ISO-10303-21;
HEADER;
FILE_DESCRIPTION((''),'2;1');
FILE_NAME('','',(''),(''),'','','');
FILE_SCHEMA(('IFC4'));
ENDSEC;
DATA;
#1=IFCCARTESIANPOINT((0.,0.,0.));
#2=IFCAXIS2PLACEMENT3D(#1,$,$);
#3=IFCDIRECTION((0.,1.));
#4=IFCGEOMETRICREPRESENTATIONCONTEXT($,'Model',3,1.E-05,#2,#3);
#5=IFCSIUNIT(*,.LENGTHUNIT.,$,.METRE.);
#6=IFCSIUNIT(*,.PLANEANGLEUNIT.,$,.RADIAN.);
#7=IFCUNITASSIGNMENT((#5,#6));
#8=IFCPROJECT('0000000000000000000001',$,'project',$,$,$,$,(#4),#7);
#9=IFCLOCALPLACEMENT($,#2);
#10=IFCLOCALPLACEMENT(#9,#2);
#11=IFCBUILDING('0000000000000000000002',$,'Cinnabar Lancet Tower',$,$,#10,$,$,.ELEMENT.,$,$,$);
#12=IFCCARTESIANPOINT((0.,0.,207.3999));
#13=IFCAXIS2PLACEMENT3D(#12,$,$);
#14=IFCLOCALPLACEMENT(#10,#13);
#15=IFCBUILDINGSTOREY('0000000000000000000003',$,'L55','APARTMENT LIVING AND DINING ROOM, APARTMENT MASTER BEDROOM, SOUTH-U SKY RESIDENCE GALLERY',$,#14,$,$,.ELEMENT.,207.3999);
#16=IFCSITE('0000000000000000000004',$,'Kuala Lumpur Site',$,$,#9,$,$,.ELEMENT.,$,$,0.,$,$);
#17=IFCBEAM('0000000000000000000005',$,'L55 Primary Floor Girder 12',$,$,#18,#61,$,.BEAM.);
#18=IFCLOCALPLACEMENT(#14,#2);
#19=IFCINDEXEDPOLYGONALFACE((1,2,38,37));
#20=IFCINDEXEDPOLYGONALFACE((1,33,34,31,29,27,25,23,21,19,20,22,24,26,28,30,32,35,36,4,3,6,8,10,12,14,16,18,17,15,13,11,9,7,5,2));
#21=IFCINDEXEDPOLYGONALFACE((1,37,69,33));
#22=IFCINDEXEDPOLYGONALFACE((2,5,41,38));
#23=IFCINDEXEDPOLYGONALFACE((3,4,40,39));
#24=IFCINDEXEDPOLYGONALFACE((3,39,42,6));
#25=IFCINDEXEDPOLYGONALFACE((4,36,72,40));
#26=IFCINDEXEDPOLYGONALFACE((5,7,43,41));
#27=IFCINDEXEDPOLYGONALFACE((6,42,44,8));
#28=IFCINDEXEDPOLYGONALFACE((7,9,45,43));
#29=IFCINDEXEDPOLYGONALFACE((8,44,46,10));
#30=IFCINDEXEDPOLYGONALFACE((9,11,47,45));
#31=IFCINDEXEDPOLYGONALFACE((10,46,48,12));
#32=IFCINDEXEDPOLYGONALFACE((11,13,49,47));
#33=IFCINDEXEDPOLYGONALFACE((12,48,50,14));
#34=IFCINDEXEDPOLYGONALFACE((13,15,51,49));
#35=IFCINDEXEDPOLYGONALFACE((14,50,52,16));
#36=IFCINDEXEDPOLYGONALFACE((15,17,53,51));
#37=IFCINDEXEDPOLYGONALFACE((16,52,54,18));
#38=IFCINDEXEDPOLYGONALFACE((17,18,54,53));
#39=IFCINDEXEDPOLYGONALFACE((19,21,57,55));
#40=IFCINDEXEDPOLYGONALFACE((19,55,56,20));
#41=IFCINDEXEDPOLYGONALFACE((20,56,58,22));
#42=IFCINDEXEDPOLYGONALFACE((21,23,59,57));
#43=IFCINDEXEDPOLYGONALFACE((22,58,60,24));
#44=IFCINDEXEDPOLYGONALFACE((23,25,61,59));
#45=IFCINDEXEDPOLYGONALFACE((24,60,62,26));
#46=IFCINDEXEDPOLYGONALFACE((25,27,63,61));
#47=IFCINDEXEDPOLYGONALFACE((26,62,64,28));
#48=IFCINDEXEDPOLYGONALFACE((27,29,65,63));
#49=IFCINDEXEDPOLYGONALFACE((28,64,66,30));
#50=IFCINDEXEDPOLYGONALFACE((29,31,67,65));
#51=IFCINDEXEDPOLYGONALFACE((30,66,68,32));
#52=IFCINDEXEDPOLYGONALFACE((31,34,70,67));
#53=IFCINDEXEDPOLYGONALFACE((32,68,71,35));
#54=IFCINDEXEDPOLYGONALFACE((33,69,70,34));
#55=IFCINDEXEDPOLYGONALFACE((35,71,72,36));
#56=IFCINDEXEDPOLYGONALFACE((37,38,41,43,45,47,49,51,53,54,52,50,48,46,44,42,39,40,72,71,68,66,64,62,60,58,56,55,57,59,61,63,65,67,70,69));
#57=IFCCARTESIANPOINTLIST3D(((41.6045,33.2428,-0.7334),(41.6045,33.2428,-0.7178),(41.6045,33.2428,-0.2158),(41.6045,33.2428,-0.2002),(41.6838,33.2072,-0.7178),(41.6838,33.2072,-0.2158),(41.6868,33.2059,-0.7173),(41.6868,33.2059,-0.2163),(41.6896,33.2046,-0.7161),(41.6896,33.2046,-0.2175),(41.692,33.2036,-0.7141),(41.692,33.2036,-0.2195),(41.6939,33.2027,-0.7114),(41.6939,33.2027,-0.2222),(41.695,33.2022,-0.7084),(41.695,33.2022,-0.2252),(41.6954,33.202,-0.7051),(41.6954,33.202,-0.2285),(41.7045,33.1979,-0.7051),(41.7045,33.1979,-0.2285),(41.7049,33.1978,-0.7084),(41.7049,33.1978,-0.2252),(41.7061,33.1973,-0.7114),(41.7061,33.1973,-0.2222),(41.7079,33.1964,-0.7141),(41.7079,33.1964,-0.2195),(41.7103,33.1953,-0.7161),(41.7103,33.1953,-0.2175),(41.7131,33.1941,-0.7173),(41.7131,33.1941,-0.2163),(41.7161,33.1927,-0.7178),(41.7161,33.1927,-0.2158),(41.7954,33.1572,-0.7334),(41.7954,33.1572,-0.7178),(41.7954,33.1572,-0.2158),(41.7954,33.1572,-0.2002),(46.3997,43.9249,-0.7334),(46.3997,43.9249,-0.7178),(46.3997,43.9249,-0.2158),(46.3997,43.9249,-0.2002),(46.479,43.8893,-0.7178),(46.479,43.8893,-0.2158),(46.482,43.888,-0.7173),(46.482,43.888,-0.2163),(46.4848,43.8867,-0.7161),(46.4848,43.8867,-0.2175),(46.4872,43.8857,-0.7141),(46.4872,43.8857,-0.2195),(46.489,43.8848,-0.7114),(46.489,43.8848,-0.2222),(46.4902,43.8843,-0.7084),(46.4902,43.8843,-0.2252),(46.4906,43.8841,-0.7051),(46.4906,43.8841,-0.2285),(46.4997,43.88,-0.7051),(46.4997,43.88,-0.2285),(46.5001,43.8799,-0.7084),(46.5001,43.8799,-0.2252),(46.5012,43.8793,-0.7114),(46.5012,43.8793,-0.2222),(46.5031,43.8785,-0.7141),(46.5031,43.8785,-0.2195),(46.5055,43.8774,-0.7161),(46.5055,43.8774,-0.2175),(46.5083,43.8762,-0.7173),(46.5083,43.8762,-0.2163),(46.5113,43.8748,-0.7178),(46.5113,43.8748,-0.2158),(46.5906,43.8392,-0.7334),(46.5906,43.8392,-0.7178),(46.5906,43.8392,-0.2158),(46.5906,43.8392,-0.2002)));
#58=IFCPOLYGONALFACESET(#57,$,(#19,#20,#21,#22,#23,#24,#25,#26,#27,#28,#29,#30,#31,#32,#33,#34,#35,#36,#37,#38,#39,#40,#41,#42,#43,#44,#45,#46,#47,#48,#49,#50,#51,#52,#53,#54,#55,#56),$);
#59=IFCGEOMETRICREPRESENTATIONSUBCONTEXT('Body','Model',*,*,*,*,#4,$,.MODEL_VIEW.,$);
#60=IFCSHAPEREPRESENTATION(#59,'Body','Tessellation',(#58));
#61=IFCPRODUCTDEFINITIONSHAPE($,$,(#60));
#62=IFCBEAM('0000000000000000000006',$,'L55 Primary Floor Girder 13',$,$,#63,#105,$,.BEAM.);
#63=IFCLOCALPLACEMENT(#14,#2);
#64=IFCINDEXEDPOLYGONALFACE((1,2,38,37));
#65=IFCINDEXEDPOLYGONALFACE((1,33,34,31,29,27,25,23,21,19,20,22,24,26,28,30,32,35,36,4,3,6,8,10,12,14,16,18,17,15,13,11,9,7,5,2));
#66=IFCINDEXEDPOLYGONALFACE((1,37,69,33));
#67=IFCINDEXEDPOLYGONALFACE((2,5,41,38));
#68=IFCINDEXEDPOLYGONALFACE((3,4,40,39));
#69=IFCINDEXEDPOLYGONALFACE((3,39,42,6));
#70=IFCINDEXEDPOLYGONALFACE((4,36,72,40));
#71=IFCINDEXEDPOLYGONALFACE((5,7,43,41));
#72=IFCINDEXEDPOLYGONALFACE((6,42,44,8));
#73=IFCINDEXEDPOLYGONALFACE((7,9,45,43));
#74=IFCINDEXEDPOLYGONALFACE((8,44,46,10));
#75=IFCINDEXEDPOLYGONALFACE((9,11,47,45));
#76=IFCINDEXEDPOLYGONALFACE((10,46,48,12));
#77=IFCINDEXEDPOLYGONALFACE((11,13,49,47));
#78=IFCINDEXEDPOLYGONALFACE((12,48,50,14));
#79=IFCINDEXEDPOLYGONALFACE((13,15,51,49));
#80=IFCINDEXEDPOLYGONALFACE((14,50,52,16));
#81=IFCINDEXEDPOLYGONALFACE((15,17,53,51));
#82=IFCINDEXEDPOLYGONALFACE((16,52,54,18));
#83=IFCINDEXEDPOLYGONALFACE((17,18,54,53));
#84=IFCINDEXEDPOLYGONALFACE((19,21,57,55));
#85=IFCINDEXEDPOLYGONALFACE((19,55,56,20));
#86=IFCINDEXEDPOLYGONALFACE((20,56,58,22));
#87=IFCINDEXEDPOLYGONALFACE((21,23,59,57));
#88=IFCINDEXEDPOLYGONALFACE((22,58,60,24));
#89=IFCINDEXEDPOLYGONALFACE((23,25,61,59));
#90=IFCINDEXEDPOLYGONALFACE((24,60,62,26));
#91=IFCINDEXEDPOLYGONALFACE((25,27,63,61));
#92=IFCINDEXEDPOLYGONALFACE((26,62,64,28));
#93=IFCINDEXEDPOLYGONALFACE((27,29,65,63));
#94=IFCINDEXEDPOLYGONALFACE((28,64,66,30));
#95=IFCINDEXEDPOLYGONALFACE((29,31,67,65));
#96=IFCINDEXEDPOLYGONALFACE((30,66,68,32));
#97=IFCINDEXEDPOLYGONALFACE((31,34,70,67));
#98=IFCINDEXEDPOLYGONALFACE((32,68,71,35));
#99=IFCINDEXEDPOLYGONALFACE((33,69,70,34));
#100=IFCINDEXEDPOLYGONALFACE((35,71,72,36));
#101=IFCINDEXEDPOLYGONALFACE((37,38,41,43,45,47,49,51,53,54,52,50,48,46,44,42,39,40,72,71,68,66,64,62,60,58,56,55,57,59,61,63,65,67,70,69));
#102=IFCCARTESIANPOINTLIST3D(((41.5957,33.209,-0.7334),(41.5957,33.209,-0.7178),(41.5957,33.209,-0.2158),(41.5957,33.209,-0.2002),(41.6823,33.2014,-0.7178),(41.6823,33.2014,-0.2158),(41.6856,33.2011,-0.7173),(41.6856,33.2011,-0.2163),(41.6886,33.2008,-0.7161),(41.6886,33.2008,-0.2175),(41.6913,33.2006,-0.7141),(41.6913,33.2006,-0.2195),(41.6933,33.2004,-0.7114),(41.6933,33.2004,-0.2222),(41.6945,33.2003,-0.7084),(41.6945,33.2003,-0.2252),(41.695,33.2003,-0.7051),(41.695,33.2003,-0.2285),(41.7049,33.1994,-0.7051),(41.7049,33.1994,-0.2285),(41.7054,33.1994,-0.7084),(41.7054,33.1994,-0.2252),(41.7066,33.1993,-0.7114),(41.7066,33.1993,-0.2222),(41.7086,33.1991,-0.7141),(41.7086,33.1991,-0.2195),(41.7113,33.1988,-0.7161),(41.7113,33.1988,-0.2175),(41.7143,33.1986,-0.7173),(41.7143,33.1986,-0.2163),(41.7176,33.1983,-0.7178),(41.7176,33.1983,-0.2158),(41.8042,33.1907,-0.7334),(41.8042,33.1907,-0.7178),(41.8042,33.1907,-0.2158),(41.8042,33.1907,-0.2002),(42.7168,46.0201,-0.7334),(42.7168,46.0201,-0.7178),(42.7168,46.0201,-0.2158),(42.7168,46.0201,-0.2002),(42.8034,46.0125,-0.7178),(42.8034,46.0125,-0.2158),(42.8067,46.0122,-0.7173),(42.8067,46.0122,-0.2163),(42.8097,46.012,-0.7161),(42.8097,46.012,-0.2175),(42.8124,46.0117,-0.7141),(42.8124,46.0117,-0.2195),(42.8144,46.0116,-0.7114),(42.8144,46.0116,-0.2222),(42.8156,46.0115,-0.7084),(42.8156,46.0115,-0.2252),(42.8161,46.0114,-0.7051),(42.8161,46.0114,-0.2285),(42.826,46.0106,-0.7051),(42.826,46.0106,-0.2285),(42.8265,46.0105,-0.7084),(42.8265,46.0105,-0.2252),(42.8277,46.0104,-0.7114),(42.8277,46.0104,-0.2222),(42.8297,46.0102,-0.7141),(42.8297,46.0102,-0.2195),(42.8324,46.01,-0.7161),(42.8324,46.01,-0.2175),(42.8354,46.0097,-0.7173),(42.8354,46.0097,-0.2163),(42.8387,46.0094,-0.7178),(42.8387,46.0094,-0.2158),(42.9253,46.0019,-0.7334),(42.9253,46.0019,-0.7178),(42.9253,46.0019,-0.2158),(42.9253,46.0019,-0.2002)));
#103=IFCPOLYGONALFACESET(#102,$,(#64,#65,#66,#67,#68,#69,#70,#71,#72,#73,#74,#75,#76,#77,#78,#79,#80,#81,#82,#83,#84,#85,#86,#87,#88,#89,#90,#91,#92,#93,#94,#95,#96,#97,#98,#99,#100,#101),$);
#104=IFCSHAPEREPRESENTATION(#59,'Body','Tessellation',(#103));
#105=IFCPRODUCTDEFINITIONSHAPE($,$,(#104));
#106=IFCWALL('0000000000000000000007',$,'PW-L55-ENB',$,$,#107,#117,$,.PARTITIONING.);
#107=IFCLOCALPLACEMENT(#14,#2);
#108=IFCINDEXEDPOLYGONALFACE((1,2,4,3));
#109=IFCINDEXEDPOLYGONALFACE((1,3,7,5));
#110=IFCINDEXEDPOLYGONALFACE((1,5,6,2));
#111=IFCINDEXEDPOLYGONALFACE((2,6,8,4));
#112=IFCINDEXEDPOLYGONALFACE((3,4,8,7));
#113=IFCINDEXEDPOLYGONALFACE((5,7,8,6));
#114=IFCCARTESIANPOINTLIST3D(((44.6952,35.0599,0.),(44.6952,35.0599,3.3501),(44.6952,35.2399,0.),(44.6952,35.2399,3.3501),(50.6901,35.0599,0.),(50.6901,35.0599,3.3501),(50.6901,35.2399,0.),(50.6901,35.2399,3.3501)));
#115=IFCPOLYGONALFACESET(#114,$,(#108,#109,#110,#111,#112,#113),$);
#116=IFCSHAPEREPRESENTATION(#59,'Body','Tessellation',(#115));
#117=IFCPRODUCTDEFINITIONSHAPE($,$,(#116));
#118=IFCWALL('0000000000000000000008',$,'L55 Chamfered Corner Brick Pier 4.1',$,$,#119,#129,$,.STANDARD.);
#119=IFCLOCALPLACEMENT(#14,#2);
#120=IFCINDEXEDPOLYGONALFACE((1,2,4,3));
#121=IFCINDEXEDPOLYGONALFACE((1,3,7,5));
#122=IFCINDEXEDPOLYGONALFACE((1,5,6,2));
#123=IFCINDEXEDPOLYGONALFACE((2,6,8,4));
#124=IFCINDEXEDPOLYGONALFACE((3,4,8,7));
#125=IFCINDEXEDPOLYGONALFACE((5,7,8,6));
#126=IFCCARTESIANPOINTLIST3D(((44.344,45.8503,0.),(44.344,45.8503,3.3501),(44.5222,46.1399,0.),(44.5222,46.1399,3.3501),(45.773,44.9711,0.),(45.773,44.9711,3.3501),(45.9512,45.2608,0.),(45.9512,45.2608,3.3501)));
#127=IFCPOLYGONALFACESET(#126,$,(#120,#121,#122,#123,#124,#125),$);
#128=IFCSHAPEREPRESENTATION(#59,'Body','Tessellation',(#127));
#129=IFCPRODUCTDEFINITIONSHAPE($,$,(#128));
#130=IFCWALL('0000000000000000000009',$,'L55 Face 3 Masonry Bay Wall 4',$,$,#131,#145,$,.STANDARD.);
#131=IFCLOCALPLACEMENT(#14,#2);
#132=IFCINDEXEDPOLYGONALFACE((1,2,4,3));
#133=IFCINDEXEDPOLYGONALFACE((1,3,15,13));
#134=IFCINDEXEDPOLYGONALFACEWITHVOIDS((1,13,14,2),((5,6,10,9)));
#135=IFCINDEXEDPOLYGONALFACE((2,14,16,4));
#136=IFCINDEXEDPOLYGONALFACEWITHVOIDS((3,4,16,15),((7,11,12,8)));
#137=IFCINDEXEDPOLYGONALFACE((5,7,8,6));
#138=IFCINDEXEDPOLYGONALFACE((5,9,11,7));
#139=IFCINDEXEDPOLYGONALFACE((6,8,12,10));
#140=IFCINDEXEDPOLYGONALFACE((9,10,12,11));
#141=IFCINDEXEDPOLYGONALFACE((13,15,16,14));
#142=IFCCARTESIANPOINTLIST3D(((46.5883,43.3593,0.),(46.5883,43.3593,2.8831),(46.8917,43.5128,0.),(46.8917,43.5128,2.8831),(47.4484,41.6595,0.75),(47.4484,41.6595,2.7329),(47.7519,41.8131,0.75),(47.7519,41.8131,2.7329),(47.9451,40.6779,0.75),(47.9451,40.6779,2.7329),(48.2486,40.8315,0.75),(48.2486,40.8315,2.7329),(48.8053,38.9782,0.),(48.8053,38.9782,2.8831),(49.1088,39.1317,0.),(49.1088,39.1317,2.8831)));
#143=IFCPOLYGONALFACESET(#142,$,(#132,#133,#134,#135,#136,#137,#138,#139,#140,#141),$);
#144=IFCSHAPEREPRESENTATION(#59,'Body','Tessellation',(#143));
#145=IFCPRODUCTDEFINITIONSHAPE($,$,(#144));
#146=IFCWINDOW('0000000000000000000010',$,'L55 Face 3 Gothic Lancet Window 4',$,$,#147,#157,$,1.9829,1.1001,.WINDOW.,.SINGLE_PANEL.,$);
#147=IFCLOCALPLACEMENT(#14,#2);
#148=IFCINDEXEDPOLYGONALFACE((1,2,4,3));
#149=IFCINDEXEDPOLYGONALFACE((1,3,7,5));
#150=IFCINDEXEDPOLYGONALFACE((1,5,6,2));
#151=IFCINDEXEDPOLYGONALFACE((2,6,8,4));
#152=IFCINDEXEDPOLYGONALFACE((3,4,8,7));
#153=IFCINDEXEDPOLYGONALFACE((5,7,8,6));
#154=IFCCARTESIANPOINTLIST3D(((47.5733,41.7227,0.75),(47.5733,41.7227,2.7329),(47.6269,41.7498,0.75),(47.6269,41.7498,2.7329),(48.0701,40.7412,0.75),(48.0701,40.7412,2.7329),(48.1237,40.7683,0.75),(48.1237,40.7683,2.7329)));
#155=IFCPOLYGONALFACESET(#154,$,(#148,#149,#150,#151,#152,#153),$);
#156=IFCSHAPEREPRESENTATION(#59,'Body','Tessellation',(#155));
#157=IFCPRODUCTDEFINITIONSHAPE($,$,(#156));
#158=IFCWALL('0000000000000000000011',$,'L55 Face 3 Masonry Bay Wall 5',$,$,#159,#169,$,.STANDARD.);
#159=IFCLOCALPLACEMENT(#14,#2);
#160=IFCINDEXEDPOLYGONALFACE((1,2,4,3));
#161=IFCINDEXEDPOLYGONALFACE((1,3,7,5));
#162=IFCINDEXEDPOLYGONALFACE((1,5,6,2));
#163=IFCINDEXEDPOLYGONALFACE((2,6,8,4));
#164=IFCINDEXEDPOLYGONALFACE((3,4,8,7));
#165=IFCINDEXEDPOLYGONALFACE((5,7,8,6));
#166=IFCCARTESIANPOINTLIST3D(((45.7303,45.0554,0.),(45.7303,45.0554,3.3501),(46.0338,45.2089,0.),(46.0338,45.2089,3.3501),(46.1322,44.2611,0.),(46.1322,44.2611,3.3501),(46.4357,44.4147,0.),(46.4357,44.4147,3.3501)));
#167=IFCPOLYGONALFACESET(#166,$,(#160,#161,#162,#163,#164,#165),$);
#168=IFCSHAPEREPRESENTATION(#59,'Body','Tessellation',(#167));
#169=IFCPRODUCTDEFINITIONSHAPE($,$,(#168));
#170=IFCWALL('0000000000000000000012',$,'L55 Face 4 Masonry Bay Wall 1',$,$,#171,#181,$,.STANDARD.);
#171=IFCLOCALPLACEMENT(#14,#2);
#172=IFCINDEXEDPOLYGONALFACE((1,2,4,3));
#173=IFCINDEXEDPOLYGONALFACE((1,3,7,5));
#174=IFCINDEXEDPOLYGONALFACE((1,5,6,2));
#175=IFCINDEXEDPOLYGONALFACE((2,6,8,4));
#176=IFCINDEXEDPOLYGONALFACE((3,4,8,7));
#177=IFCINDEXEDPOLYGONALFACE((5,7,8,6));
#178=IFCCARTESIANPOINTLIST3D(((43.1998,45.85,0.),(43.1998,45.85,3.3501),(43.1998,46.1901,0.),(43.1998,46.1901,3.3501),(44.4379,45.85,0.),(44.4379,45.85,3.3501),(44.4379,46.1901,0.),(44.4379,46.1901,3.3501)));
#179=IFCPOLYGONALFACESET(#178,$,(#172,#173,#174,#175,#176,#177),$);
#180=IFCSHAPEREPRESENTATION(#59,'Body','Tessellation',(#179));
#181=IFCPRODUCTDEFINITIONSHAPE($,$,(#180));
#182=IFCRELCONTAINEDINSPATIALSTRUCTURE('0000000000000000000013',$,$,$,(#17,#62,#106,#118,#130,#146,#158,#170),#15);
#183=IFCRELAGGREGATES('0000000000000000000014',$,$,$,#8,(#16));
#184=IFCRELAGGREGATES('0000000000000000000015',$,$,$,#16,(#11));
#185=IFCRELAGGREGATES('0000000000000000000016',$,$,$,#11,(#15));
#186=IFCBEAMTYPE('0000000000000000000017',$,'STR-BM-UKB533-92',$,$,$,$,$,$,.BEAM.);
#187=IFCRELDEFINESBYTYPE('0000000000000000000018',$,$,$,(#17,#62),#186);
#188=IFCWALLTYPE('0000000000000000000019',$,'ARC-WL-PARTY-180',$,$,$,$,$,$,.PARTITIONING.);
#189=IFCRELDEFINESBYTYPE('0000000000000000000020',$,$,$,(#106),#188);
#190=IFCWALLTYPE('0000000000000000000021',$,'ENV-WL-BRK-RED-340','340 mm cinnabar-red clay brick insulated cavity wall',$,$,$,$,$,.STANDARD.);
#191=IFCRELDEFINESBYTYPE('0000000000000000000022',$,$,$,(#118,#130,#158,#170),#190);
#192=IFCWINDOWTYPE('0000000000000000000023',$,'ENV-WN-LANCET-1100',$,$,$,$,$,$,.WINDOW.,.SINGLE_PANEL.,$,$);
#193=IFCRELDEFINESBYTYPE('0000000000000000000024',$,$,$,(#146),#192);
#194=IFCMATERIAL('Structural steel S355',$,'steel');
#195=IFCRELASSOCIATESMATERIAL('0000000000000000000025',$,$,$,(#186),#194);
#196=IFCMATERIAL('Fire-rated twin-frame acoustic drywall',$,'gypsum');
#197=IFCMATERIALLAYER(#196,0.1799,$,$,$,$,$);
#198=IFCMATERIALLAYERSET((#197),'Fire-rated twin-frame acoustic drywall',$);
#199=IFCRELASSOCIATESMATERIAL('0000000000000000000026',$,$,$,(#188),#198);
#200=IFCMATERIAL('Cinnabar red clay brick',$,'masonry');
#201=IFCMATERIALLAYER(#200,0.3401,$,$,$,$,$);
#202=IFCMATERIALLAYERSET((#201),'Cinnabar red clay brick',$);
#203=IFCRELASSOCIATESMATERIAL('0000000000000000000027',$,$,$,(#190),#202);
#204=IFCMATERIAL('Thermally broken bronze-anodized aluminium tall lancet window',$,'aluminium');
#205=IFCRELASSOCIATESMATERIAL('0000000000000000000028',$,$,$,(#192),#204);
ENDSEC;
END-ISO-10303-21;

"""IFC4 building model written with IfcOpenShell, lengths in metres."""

from ifc_helpers import new_model, si_unit, direction, frame, frame_2d, origin, origin_2d, place, context, subcontext, project, spatial, rectangle, i_section, extrude, material, layer, layer_set, material_profile, profile_set, type_object, element, fill, save


model = new_model("IFC4")

# Units and contexts
model_context = context("Model", 3, precision=1e-05, world=origin(), true_north=direction((0.0, 1.0)))
body_context = subcontext(model_context, "Body", "Model", "MODEL_VIEW")
ifc_project = project(units=[si_unit("LENGTHUNIT", "METRE"), si_unit("PLANEANGLEUNIT", "RADIAN")], contexts=[model_context])

# Site, building, storey
site_placement = place(None, origin())
site = spatial("IfcSite", under=ifc_project, at=site_placement, Name="Kuala Lumpur Site", CompositionType="ELEMENT", RefElevation=0.0)
building_placement = place(site_placement, origin())
building = spatial("IfcBuilding", under=site, at=building_placement, Name="Cinnabar Lancet Tower", CompositionType="ELEMENT")
storey_placement = place(building_placement, frame((0.0, 0.0, 207.3999)))
storey = spatial("IfcBuildingStorey", under=building, at=storey_placement, Name="L55", Description="APARTMENT LIVING AND DINING ROOM, APARTMENT MASTER BEDROOM, SOUTH-U SKY RESIDENCE GALLERY", CompositionType="ELEMENT", Elevation=207.3999)

# Beams
ifc_material_1 = material(Name="Structural steel S355", Category="steel")
ifc_material_profile_1 = material_profile(ifc_material_1, i_section(OverallWidth=0.2092, OverallDepth=0.5332, WebThickness=0.01, FlangeThickness=0.0156, FilletRadius=0.0127, at=origin_2d()), Name="UKB 533x210x92")
ifc_profile_set_1 = profile_set([ifc_material_profile_1], Name="Structural steel S355")
beam_type_1 = type_object("IfcBeamType", Name="STR-BM-UKB533-92", PredefinedType="BEAM", material=ifc_profile_set_1)
beam_1_placement = place(storey_placement, frame((46.4951, 43.8821, -0.4668), z_axis=(-0.409527, -0.912298, 0.0), x_axis=(0.912298, -0.409527, 0.0)))
element("IfcBeam", 1, at=beam_1_placement, inside=storey, type_object=beam_type_1, Name="L55 Primary Floor Girder 12", PredefinedType="BEAM", context=body_context, shape_type="SweptSolid", body=[
    extrude(i_section(OverallWidth=0.2092, OverallDepth=0.5332, WebThickness=0.01, FlangeThickness=0.0156, FilletRadius=0.0127, at=origin_2d()), origin(), (0.0, 0.0, 1.0), 11.709),
])
beam_2_placement = place(storey_placement, frame((42.821, 46.011, -0.4668), z_axis=(-0.087177, -0.996193, 0.0), x_axis=(0.996193, -0.087177, 0.0)))
element("IfcBeam", 2, at=beam_2_placement, inside=storey, type_object=beam_type_1, Name="L55 Primary Floor Girder 13", PredefinedType="BEAM", context=body_context, shape_type="SweptSolid", body=[
    extrude(i_section(OverallWidth=0.2092, OverallDepth=0.5332, WebThickness=0.01, FlangeThickness=0.0156, FilletRadius=0.0127, at=origin_2d()), origin(), (0.0, 0.0, 1.0), 12.8601),
])

# Walls
ifc_material_2 = material(Name="Fire-rated twin-frame acoustic drywall", Category="gypsum")
ifc_layer_1 = layer(ifc_material_2, 0.1799)
ifc_layer_set_1 = layer_set([ifc_layer_1], Name="Fire-rated twin-frame acoustic drywall")
wall_type_1 = type_object("IfcWallType", Name="ARC-WL-PARTY-180", PredefinedType="PARTITIONING", material=ifc_layer_set_1)
wall_1_placement = place(storey_placement, frame((44.6951, 35.1499, 0.0), z_axis=(0.0, 0.0, 1.0), x_axis=(1.0, 0.0, 0.0)))
element("IfcWall", 3, at=wall_1_placement, inside=storey, type_object=wall_type_1, Name="PW-L55-ENB", PredefinedType="PARTITIONING", context=body_context, shape_type="SweptSolid", body=[
    extrude(rectangle(XDim=5.9949, YDim=0.1799, at=frame_2d((2.9976, 0.0))), origin(), (0.0, 0.0, 1.0), 3.3501),
])
ifc_material_3 = material(Name="Cinnabar red clay brick", Category="masonry")
ifc_layer_2 = layer(ifc_material_3, 0.3401)
ifc_layer_set_2 = layer_set([ifc_layer_2], Name="Cinnabar red clay brick")
wall_type_2 = type_object("IfcWallType", Name="ENV-WL-BRK-RED-340", Description="340 mm cinnabar-red clay brick insulated cavity wall", PredefinedType="STANDARD", material=ifc_layer_set_2)
wall_2_placement = place(storey_placement, frame((45.8621, 45.116, 0.0), z_axis=(0.0, 0.0, 1.0), x_axis=(-0.851713, 0.524008, 0.0)))
element("IfcWall", 4, at=wall_2_placement, inside=storey, type_object=wall_type_2, Name="L55 Chamfered Corner Brick Pier 4.1", PredefinedType="STANDARD", context=body_context, shape_type="SweptSolid", body=[
    extrude(rectangle(XDim=1.6777, YDim=0.3401, at=frame_2d((0.8389, 0.0))), origin(), (0.0, 0.0, 1.0), 3.3501),
])

# Wall, opening, window
wall_3_placement = place(storey_placement, frame((48.957, 39.0549, 0.0), z_axis=(0.0, 0.0, 1.0), x_axis=(-0.451524, 0.892259, 0.0)))
wall_3 = element("IfcWall", 5, at=wall_3_placement, inside=storey, type_object=wall_type_2, Name="L55 Face 3 Masonry Bay Wall 4", PredefinedType="STANDARD", context=body_context, shape_type="SweptSolid", body=[
    extrude(rectangle(XDim=4.9102, YDim=0.3401, at=frame_2d((2.4551, 0.0))), origin(), (0.0, 0.0, 1.0), 2.8831),
])
opening_placement = place(wall_3_placement, frame((1.905, 0.0, 0.75)))
opening = element("IfcOpeningElement", 6, at=opening_placement, cuts=wall_3, PredefinedType="OPENING", context=body_context, shape_type="SweptSolid", body=[
    extrude(rectangle(XDim=1.1001, YDim=1.9829, at=frame_2d((0.55, 0.9915))), frame((0.0, 0.1799, 0.0), z_axis=(0.0, -1.0, 0.0), x_axis=(1.0, 0.0, 0.0)), (0.0, 0.0, 1.0), 0.3601),
])
ifc_material_4 = material(Name="Thermally broken bronze-anodized aluminium tall lancet window", Category="aluminium")
window_type = type_object("IfcWindowType", Name="ENV-WN-LANCET-1100", PartitioningType="SINGLE_PANEL", PredefinedType="WINDOW", material=ifc_material_4)
window_placement = place(opening_placement, origin())
window = element("IfcWindow", 7, at=window_placement, inside=storey, type_object=window_type, Name="L55 Face 3 Gothic Lancet Window 4", OverallHeight=1.9829, OverallWidth=1.1001, PartitioningType="SINGLE_PANEL", PredefinedType="WINDOW", context=body_context, shape_type="SweptSolid", body=[
    extrude(rectangle(XDim=1.1001, YDim=1.9829, at=frame_2d((0.55, 0.9915))), frame((0.0, 0.03, 0.0), z_axis=(0.0, -1.0, 0.0), x_axis=(1.0, 0.0, 0.0)), (0.0, 0.0, 1.0), 0.0601),
])
fill(opening, window)

# Walls
wall_4_placement = place(storey_placement, frame((46.2839, 44.3379, 0.0), z_axis=(0.0, 0.0, 1.0), x_axis=(-0.451487, 0.892277, 0.0)))
element("IfcWall", 8, at=wall_4_placement, inside=storey, type_object=wall_type_2, Name="L55 Face 3 Masonry Bay Wall 5", PredefinedType="STANDARD", context=body_context, shape_type="SweptSolid", body=[
    extrude(rectangle(XDim=0.8901, YDim=0.3401, at=frame_2d((0.4451, 0.0))), origin(), (0.0, 0.0, 1.0), 3.3501),
])
wall_5_placement = place(storey_placement, frame((44.438, 46.02, 0.0), z_axis=(0.0, 0.0, 1.0), x_axis=(-1.0, 0.0, 0.0)))
element("IfcWall", 9, at=wall_5_placement, inside=storey, type_object=wall_type_2, Name="L55 Face 4 Masonry Bay Wall 1", PredefinedType="STANDARD", context=body_context, shape_type="SweptSolid", body=[
    extrude(rectangle(XDim=1.238, YDim=0.3401, at=frame_2d((0.6191, 0.0))), origin(), (0.0, 0.0, 1.0), 3.3501),
])

save(model, "model.ifc")
